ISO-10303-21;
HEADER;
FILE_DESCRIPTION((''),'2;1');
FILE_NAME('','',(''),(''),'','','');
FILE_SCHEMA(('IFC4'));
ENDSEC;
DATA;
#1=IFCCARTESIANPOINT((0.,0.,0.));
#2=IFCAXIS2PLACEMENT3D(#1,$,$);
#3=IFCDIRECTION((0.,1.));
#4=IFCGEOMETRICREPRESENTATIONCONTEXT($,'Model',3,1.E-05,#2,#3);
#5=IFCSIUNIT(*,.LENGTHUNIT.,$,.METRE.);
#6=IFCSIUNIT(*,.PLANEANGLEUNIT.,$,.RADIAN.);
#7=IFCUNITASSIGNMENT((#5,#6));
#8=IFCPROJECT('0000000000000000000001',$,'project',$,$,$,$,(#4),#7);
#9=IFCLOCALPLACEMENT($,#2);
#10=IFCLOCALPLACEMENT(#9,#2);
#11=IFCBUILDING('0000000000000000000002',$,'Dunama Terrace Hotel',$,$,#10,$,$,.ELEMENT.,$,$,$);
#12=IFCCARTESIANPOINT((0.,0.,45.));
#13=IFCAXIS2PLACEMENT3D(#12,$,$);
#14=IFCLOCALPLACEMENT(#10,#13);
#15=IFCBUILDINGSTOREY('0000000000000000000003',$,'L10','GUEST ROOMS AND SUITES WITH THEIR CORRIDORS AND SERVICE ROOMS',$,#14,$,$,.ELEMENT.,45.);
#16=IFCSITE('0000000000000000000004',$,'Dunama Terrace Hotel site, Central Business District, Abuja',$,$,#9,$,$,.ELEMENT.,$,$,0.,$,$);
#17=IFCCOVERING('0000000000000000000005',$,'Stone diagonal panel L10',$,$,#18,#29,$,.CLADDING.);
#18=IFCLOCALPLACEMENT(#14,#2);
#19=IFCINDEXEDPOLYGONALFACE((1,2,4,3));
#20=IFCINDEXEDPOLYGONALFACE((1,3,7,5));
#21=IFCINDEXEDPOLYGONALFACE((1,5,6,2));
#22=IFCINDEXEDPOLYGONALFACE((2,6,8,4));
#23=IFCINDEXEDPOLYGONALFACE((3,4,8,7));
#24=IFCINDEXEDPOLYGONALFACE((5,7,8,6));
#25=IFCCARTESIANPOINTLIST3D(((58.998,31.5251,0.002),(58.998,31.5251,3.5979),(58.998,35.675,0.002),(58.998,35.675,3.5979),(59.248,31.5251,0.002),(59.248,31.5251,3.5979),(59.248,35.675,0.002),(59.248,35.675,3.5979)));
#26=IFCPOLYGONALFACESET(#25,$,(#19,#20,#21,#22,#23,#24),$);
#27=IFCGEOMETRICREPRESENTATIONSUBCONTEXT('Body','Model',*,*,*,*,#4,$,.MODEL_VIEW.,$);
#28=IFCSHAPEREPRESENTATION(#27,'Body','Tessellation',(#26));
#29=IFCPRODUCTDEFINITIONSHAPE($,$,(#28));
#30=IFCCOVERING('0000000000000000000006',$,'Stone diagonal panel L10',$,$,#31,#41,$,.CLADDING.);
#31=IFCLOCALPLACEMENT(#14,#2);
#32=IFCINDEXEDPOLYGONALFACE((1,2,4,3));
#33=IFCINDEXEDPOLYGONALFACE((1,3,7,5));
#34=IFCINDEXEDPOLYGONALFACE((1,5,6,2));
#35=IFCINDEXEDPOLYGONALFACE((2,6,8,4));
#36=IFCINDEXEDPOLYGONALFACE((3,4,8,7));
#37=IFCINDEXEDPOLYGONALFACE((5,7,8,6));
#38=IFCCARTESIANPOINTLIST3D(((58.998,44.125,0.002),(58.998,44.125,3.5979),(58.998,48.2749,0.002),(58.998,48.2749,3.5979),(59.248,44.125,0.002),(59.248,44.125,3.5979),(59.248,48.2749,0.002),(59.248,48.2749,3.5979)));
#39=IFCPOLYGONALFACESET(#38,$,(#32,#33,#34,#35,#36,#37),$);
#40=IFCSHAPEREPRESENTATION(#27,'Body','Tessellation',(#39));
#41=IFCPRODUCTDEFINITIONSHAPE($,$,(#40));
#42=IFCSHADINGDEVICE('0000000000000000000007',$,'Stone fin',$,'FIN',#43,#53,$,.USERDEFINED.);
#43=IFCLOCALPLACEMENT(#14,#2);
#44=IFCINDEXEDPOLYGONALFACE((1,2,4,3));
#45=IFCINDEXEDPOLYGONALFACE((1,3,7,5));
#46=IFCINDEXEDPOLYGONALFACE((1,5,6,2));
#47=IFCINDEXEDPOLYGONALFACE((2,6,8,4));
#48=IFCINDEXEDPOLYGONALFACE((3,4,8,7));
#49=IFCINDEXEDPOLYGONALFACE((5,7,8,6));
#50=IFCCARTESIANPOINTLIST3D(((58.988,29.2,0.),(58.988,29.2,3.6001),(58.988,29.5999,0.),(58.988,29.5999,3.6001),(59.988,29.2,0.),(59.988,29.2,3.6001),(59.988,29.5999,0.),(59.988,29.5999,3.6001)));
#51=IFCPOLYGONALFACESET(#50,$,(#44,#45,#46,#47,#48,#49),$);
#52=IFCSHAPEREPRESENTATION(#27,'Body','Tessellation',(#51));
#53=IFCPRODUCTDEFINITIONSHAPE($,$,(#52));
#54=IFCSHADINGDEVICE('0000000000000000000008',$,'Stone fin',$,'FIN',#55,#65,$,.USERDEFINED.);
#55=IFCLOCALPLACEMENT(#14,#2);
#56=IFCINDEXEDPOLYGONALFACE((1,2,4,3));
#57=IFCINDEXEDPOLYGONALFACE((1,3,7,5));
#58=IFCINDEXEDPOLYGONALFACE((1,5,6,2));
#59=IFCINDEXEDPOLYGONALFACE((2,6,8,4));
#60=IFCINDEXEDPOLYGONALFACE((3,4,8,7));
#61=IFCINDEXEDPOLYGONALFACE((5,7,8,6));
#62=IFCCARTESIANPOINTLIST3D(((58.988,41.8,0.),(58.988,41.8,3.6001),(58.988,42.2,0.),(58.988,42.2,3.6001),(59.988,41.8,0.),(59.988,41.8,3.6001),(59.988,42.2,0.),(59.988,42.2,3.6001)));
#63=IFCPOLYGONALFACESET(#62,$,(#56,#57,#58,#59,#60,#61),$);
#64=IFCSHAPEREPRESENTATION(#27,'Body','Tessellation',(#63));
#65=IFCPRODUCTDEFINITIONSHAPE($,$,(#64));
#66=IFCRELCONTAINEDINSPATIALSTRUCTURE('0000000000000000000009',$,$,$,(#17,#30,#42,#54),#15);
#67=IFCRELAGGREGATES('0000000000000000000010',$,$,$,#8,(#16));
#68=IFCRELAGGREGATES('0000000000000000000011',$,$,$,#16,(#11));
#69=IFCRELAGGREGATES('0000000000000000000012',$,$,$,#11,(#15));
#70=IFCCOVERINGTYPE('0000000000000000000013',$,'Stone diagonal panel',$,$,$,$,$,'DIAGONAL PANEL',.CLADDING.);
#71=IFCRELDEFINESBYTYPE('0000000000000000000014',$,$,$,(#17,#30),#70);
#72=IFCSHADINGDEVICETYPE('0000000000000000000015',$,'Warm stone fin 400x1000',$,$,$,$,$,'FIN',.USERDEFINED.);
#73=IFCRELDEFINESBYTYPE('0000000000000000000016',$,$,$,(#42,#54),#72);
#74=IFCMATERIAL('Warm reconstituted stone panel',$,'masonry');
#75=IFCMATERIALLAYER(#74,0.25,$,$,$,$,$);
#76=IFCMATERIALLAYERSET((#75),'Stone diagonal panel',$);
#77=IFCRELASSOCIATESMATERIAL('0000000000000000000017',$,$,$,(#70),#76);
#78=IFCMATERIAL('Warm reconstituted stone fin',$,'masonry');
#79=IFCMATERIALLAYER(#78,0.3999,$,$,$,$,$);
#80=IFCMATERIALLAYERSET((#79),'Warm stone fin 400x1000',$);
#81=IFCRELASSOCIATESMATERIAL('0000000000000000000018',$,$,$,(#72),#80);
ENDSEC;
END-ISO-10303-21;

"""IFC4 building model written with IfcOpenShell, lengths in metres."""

from ifc_helpers import new_model, si_unit, direction, frame, origin, origin_2d, place, context, subcontext, project, spatial, rectangle, extrude, material, layer, layer_set, type_object, element, save


model = new_model("IFC4")

# Units and contexts
model_context = context("Model", 3, precision=1e-05, world=origin(), true_north=direction((0.0, 1.0)))
body_context = subcontext(model_context, "Body", "Model", "MODEL_VIEW")
ifc_project = project(units=[si_unit("LENGTHUNIT", "METRE"), si_unit("PLANEANGLEUNIT", "RADIAN")], contexts=[model_context])

# Site, building, storey
site_placement = place(None, origin())
site = spatial("IfcSite", under=ifc_project, at=site_placement, Name="Dunama Terrace Hotel site, Central Business District, Abuja", CompositionType="ELEMENT", RefElevation=0.0)
building_placement = place(site_placement, origin())
building = spatial("IfcBuilding", under=site, at=building_placement, Name="Dunama Terrace Hotel", CompositionType="ELEMENT")
storey_placement = place(building_placement, frame((0.0, 0.0, 45.0)))
storey = spatial("IfcBuildingStorey", under=building, at=storey_placement, Name="L10", Description="GUEST ROOMS AND SUITES WITH THEIR CORRIDORS AND SERVICE ROOMS", CompositionType="ELEMENT", Elevation=45.0)

# Coverings
ifc_material_1 = material(Name="Warm reconstituted stone panel", Category="masonry")
ifc_layer_1 = layer(ifc_material_1, 0.25)
ifc_layer_set_1 = layer_set([ifc_layer_1], Name="Stone diagonal panel")
covering_type = type_object("IfcCoveringType", Name="Stone diagonal panel", ElementType="DIAGONAL PANEL", PredefinedType="CLADDING", material=ifc_layer_set_1)
for number, where, z_axis, x_axis, name in (
    (1, (59.123, 33.6001, 0.002), (0.0, 0.0, 1.0), (0.0, 1.0, 0.0), "Stone diagonal panel L10"),
    (2, (59.123, 46.2, 0.002), (0.0, 0.0, 1.0), (0.0, 1.0, 0.0), "Stone diagonal panel L10"),
):
    element("IfcCovering", number, at=place(storey_placement, frame(where, z_axis=z_axis, x_axis=x_axis)), inside=storey, type_object=covering_type, Name=name, PredefinedType="CLADDING", context=body_context, shape_type="SweptSolid", body=[
        extrude(rectangle(XDim=4.1499, YDim=0.25, at=origin_2d()), origin(), (0.0, 0.0, 1.0), 3.5959),
    ])

# Shading devices
ifc_material_2 = material(Name="Warm reconstituted stone fin", Category="masonry")
ifc_layer_2 = layer(ifc_material_2, 0.3999)
ifc_layer_set_2 = layer_set([ifc_layer_2], Name="Warm stone fin 400x1000")
shading_device_type = type_object("IfcShadingDeviceType", Name="Warm stone fin 400x1000", ElementType="FIN", PredefinedType="USERDEFINED", material=ifc_layer_set_2)
for number, where, z_axis, x_axis, name in (
    (3, (59.488, 29.3999, 0.0), (0.0, 0.0, 1.0), (0.0, 1.0, 0.0), "Stone fin"),
    (4, (59.488, 42.0, 0.0), (0.0, 0.0, 1.0), (0.0, 1.0, 0.0), "Stone fin"),
):
    element("IfcShadingDevice", number, at=place(storey_placement, frame(where, z_axis=z_axis, x_axis=x_axis)), inside=storey, type_object=shading_device_type, Name=name, ObjectType="FIN", PredefinedType="USERDEFINED", context=body_context, shape_type="SweptSolid", body=[
        extrude(rectangle(XDim=0.3999, YDim=1.0, at=origin_2d()), origin(), (0.0, 0.0, 1.0), 3.6001),
    ])

save(model, "model.ifc")
